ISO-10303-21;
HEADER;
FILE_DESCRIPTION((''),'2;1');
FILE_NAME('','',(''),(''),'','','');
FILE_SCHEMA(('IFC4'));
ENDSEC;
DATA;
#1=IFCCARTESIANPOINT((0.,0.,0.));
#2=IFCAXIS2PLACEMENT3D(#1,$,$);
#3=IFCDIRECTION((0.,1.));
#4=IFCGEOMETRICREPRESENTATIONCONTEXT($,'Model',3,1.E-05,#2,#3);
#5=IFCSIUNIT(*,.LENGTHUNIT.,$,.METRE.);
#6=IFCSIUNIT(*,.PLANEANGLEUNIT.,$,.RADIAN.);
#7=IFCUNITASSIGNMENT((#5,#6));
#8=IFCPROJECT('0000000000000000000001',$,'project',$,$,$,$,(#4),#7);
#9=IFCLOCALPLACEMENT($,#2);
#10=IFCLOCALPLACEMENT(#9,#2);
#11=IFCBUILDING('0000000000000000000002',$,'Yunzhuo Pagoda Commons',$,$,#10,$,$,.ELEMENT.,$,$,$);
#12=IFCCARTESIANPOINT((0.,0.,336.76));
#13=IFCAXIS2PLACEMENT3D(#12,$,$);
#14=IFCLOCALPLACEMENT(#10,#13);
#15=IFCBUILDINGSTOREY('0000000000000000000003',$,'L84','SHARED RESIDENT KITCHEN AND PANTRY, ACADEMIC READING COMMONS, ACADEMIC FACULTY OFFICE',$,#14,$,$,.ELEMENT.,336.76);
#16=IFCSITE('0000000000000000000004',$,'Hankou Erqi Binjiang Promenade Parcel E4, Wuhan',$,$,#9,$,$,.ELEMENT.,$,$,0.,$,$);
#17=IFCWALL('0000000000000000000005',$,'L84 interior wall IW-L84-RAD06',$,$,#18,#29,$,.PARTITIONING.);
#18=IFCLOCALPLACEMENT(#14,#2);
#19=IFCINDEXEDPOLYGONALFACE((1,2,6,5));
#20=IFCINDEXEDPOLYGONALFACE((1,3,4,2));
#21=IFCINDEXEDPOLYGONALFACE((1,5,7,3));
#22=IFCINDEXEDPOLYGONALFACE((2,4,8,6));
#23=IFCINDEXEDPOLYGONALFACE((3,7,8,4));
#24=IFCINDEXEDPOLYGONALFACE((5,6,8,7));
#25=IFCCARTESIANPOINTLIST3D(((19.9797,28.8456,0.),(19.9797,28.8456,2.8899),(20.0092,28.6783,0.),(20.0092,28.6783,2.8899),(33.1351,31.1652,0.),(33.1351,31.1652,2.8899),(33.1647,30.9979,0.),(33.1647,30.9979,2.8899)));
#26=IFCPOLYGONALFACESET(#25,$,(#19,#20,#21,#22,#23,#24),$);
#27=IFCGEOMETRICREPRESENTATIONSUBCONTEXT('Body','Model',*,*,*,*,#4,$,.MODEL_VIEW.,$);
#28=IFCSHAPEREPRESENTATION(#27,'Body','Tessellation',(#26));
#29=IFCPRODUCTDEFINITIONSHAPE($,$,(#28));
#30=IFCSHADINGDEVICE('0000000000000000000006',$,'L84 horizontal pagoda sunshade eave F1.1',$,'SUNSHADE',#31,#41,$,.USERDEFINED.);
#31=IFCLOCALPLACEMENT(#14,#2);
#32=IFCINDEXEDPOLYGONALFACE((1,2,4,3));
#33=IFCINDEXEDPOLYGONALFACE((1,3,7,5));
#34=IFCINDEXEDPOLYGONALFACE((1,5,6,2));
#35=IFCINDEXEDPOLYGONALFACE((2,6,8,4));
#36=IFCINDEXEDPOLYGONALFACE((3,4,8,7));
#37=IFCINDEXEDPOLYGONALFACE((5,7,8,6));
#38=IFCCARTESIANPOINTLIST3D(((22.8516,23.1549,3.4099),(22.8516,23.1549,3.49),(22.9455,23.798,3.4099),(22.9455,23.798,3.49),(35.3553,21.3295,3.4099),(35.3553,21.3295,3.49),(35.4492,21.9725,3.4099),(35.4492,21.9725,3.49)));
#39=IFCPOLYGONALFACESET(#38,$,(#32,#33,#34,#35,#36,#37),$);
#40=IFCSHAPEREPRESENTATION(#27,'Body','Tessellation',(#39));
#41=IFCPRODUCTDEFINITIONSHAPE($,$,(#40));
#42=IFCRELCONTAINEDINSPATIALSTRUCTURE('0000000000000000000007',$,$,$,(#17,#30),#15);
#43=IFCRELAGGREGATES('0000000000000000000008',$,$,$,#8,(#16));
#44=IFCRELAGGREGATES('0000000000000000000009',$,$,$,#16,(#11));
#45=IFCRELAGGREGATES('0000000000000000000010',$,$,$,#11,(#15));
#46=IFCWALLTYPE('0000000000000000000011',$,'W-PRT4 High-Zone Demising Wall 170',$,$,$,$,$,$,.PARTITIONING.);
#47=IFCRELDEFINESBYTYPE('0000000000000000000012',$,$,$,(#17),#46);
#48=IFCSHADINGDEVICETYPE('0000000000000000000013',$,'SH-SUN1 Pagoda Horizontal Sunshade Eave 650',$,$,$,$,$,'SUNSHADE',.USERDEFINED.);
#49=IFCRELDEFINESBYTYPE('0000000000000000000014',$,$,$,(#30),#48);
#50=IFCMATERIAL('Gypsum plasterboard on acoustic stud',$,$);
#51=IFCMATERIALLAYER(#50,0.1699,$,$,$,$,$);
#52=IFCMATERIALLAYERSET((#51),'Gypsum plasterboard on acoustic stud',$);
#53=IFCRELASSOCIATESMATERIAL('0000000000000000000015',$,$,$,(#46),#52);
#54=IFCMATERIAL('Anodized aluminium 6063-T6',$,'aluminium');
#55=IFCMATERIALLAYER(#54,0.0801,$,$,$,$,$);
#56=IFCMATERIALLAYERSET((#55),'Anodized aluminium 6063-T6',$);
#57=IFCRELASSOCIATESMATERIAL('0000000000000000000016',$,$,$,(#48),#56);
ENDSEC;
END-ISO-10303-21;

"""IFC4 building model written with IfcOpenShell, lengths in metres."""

from ifc_helpers import new_model, si_unit, direction, frame, frame_2d, origin, origin_2d, place, context, subcontext, project, spatial, rectangle, extrude, source, transform, mapped, material, layer, layer_set, type_object, element, save


model = new_model("IFC4")

# Units and contexts
model_context = context("Model", 3, precision=1e-05, world=origin(), true_north=direction((0.0, 1.0)))
body_context = subcontext(model_context, "Body", "Model", "MODEL_VIEW")
ifc_project = project(units=[si_unit("LENGTHUNIT", "METRE"), si_unit("PLANEANGLEUNIT", "RADIAN")], contexts=[model_context])

# Site, building, storey
site_placement = place(None, origin())
site = spatial("IfcSite", under=ifc_project, at=site_placement, Name="Hankou Erqi Binjiang Promenade Parcel E4, Wuhan", CompositionType="ELEMENT", RefElevation=0.0)
building_placement = place(site_placement, origin())
building = spatial("IfcBuilding", under=site, at=building_placement, Name="Yunzhuo Pagoda Commons", CompositionType="ELEMENT")
storey_placement = place(building_placement, frame((0.0, 0.0, 336.76)))
storey = spatial("IfcBuildingStorey", under=building, at=storey_placement, Name="L84", Description="SHARED RESIDENT KITCHEN AND PANTRY, ACADEMIC READING COMMONS, ACADEMIC FACULTY OFFICE", CompositionType="ELEMENT", Elevation=336.76)

# Shared definitions
ifc_material_1 = material(Name="Anodized aluminium 6063-T6", Category="aluminium")

# Wall
ifc_material_2 = material(Name="Gypsum plasterboard on acoustic stud")
ifc_layer_1 = layer(ifc_material_2, 0.1699)
ifc_layer_set_1 = layer_set([ifc_layer_1], Name="Gypsum plasterboard on acoustic stud")
wall_type_1 = type_object("IfcWallType", Name="W-PRT4 High-Zone Demising Wall 170", PredefinedType="PARTITIONING", material=ifc_layer_set_1)
wall_1_placement = place(storey_placement, frame((33.1499, 31.0815, 0.0), z_axis=(0.0, 0.0, 1.0), x_axis=(-0.984809, -0.173641, 0.0)))
element("IfcWall", 1, at=wall_1_placement, inside=storey, type_object=wall_type_1, Name="L84 interior wall IW-L84-RAD06", PredefinedType="PARTITIONING", context=body_context, shape_type="SweptSolid", body=[
    extrude(rectangle(XDim=13.3584, YDim=0.1699, at=frame_2d((6.6792, 0.0))), origin(), (0.0, 0.0, 1.0), 2.8899),
])

# Shading device
ifc_layer_2 = layer(ifc_material_1, 0.0801)
ifc_layer_set_2 = layer_set([ifc_layer_2], Name="Anodized aluminium 6063-T6")
shading_device_type = type_object("IfcShadingDeviceType", Name="SH-SUN1 Pagoda Horizontal Sunshade Eave 650", ElementType="SUNSHADE", PredefinedType="USERDEFINED", material=ifc_layer_set_2)
shared_shape_1 = source(origin(), body_context, "Body", "SweptSolid", [
    extrude(rectangle(XDim=12.6362, YDim=0.6499, at=origin_2d()), origin(), (0.0, 0.0, 1.0), 0.0801),
])
shading_device_placement = place(storey_placement, frame((29.1504, 22.5637, 3.4099), z_axis=(0.0, 0.0, 1.0), x_axis=(0.989511, -0.14446, 0.0)))
element("IfcShadingDevice", 2, at=shading_device_placement, inside=storey, type_object=shading_device_type, Name="L84 horizontal pagoda sunshade eave F1.1", ObjectType="SUNSHADE", PredefinedType="USERDEFINED", context=body_context, shape_type="MappedRepresentation", body=[
    mapped(shared_shape_1, transform((0.0, 0.0, 0.0), scale=1.0)),
])

save(model, "model.ifc")
